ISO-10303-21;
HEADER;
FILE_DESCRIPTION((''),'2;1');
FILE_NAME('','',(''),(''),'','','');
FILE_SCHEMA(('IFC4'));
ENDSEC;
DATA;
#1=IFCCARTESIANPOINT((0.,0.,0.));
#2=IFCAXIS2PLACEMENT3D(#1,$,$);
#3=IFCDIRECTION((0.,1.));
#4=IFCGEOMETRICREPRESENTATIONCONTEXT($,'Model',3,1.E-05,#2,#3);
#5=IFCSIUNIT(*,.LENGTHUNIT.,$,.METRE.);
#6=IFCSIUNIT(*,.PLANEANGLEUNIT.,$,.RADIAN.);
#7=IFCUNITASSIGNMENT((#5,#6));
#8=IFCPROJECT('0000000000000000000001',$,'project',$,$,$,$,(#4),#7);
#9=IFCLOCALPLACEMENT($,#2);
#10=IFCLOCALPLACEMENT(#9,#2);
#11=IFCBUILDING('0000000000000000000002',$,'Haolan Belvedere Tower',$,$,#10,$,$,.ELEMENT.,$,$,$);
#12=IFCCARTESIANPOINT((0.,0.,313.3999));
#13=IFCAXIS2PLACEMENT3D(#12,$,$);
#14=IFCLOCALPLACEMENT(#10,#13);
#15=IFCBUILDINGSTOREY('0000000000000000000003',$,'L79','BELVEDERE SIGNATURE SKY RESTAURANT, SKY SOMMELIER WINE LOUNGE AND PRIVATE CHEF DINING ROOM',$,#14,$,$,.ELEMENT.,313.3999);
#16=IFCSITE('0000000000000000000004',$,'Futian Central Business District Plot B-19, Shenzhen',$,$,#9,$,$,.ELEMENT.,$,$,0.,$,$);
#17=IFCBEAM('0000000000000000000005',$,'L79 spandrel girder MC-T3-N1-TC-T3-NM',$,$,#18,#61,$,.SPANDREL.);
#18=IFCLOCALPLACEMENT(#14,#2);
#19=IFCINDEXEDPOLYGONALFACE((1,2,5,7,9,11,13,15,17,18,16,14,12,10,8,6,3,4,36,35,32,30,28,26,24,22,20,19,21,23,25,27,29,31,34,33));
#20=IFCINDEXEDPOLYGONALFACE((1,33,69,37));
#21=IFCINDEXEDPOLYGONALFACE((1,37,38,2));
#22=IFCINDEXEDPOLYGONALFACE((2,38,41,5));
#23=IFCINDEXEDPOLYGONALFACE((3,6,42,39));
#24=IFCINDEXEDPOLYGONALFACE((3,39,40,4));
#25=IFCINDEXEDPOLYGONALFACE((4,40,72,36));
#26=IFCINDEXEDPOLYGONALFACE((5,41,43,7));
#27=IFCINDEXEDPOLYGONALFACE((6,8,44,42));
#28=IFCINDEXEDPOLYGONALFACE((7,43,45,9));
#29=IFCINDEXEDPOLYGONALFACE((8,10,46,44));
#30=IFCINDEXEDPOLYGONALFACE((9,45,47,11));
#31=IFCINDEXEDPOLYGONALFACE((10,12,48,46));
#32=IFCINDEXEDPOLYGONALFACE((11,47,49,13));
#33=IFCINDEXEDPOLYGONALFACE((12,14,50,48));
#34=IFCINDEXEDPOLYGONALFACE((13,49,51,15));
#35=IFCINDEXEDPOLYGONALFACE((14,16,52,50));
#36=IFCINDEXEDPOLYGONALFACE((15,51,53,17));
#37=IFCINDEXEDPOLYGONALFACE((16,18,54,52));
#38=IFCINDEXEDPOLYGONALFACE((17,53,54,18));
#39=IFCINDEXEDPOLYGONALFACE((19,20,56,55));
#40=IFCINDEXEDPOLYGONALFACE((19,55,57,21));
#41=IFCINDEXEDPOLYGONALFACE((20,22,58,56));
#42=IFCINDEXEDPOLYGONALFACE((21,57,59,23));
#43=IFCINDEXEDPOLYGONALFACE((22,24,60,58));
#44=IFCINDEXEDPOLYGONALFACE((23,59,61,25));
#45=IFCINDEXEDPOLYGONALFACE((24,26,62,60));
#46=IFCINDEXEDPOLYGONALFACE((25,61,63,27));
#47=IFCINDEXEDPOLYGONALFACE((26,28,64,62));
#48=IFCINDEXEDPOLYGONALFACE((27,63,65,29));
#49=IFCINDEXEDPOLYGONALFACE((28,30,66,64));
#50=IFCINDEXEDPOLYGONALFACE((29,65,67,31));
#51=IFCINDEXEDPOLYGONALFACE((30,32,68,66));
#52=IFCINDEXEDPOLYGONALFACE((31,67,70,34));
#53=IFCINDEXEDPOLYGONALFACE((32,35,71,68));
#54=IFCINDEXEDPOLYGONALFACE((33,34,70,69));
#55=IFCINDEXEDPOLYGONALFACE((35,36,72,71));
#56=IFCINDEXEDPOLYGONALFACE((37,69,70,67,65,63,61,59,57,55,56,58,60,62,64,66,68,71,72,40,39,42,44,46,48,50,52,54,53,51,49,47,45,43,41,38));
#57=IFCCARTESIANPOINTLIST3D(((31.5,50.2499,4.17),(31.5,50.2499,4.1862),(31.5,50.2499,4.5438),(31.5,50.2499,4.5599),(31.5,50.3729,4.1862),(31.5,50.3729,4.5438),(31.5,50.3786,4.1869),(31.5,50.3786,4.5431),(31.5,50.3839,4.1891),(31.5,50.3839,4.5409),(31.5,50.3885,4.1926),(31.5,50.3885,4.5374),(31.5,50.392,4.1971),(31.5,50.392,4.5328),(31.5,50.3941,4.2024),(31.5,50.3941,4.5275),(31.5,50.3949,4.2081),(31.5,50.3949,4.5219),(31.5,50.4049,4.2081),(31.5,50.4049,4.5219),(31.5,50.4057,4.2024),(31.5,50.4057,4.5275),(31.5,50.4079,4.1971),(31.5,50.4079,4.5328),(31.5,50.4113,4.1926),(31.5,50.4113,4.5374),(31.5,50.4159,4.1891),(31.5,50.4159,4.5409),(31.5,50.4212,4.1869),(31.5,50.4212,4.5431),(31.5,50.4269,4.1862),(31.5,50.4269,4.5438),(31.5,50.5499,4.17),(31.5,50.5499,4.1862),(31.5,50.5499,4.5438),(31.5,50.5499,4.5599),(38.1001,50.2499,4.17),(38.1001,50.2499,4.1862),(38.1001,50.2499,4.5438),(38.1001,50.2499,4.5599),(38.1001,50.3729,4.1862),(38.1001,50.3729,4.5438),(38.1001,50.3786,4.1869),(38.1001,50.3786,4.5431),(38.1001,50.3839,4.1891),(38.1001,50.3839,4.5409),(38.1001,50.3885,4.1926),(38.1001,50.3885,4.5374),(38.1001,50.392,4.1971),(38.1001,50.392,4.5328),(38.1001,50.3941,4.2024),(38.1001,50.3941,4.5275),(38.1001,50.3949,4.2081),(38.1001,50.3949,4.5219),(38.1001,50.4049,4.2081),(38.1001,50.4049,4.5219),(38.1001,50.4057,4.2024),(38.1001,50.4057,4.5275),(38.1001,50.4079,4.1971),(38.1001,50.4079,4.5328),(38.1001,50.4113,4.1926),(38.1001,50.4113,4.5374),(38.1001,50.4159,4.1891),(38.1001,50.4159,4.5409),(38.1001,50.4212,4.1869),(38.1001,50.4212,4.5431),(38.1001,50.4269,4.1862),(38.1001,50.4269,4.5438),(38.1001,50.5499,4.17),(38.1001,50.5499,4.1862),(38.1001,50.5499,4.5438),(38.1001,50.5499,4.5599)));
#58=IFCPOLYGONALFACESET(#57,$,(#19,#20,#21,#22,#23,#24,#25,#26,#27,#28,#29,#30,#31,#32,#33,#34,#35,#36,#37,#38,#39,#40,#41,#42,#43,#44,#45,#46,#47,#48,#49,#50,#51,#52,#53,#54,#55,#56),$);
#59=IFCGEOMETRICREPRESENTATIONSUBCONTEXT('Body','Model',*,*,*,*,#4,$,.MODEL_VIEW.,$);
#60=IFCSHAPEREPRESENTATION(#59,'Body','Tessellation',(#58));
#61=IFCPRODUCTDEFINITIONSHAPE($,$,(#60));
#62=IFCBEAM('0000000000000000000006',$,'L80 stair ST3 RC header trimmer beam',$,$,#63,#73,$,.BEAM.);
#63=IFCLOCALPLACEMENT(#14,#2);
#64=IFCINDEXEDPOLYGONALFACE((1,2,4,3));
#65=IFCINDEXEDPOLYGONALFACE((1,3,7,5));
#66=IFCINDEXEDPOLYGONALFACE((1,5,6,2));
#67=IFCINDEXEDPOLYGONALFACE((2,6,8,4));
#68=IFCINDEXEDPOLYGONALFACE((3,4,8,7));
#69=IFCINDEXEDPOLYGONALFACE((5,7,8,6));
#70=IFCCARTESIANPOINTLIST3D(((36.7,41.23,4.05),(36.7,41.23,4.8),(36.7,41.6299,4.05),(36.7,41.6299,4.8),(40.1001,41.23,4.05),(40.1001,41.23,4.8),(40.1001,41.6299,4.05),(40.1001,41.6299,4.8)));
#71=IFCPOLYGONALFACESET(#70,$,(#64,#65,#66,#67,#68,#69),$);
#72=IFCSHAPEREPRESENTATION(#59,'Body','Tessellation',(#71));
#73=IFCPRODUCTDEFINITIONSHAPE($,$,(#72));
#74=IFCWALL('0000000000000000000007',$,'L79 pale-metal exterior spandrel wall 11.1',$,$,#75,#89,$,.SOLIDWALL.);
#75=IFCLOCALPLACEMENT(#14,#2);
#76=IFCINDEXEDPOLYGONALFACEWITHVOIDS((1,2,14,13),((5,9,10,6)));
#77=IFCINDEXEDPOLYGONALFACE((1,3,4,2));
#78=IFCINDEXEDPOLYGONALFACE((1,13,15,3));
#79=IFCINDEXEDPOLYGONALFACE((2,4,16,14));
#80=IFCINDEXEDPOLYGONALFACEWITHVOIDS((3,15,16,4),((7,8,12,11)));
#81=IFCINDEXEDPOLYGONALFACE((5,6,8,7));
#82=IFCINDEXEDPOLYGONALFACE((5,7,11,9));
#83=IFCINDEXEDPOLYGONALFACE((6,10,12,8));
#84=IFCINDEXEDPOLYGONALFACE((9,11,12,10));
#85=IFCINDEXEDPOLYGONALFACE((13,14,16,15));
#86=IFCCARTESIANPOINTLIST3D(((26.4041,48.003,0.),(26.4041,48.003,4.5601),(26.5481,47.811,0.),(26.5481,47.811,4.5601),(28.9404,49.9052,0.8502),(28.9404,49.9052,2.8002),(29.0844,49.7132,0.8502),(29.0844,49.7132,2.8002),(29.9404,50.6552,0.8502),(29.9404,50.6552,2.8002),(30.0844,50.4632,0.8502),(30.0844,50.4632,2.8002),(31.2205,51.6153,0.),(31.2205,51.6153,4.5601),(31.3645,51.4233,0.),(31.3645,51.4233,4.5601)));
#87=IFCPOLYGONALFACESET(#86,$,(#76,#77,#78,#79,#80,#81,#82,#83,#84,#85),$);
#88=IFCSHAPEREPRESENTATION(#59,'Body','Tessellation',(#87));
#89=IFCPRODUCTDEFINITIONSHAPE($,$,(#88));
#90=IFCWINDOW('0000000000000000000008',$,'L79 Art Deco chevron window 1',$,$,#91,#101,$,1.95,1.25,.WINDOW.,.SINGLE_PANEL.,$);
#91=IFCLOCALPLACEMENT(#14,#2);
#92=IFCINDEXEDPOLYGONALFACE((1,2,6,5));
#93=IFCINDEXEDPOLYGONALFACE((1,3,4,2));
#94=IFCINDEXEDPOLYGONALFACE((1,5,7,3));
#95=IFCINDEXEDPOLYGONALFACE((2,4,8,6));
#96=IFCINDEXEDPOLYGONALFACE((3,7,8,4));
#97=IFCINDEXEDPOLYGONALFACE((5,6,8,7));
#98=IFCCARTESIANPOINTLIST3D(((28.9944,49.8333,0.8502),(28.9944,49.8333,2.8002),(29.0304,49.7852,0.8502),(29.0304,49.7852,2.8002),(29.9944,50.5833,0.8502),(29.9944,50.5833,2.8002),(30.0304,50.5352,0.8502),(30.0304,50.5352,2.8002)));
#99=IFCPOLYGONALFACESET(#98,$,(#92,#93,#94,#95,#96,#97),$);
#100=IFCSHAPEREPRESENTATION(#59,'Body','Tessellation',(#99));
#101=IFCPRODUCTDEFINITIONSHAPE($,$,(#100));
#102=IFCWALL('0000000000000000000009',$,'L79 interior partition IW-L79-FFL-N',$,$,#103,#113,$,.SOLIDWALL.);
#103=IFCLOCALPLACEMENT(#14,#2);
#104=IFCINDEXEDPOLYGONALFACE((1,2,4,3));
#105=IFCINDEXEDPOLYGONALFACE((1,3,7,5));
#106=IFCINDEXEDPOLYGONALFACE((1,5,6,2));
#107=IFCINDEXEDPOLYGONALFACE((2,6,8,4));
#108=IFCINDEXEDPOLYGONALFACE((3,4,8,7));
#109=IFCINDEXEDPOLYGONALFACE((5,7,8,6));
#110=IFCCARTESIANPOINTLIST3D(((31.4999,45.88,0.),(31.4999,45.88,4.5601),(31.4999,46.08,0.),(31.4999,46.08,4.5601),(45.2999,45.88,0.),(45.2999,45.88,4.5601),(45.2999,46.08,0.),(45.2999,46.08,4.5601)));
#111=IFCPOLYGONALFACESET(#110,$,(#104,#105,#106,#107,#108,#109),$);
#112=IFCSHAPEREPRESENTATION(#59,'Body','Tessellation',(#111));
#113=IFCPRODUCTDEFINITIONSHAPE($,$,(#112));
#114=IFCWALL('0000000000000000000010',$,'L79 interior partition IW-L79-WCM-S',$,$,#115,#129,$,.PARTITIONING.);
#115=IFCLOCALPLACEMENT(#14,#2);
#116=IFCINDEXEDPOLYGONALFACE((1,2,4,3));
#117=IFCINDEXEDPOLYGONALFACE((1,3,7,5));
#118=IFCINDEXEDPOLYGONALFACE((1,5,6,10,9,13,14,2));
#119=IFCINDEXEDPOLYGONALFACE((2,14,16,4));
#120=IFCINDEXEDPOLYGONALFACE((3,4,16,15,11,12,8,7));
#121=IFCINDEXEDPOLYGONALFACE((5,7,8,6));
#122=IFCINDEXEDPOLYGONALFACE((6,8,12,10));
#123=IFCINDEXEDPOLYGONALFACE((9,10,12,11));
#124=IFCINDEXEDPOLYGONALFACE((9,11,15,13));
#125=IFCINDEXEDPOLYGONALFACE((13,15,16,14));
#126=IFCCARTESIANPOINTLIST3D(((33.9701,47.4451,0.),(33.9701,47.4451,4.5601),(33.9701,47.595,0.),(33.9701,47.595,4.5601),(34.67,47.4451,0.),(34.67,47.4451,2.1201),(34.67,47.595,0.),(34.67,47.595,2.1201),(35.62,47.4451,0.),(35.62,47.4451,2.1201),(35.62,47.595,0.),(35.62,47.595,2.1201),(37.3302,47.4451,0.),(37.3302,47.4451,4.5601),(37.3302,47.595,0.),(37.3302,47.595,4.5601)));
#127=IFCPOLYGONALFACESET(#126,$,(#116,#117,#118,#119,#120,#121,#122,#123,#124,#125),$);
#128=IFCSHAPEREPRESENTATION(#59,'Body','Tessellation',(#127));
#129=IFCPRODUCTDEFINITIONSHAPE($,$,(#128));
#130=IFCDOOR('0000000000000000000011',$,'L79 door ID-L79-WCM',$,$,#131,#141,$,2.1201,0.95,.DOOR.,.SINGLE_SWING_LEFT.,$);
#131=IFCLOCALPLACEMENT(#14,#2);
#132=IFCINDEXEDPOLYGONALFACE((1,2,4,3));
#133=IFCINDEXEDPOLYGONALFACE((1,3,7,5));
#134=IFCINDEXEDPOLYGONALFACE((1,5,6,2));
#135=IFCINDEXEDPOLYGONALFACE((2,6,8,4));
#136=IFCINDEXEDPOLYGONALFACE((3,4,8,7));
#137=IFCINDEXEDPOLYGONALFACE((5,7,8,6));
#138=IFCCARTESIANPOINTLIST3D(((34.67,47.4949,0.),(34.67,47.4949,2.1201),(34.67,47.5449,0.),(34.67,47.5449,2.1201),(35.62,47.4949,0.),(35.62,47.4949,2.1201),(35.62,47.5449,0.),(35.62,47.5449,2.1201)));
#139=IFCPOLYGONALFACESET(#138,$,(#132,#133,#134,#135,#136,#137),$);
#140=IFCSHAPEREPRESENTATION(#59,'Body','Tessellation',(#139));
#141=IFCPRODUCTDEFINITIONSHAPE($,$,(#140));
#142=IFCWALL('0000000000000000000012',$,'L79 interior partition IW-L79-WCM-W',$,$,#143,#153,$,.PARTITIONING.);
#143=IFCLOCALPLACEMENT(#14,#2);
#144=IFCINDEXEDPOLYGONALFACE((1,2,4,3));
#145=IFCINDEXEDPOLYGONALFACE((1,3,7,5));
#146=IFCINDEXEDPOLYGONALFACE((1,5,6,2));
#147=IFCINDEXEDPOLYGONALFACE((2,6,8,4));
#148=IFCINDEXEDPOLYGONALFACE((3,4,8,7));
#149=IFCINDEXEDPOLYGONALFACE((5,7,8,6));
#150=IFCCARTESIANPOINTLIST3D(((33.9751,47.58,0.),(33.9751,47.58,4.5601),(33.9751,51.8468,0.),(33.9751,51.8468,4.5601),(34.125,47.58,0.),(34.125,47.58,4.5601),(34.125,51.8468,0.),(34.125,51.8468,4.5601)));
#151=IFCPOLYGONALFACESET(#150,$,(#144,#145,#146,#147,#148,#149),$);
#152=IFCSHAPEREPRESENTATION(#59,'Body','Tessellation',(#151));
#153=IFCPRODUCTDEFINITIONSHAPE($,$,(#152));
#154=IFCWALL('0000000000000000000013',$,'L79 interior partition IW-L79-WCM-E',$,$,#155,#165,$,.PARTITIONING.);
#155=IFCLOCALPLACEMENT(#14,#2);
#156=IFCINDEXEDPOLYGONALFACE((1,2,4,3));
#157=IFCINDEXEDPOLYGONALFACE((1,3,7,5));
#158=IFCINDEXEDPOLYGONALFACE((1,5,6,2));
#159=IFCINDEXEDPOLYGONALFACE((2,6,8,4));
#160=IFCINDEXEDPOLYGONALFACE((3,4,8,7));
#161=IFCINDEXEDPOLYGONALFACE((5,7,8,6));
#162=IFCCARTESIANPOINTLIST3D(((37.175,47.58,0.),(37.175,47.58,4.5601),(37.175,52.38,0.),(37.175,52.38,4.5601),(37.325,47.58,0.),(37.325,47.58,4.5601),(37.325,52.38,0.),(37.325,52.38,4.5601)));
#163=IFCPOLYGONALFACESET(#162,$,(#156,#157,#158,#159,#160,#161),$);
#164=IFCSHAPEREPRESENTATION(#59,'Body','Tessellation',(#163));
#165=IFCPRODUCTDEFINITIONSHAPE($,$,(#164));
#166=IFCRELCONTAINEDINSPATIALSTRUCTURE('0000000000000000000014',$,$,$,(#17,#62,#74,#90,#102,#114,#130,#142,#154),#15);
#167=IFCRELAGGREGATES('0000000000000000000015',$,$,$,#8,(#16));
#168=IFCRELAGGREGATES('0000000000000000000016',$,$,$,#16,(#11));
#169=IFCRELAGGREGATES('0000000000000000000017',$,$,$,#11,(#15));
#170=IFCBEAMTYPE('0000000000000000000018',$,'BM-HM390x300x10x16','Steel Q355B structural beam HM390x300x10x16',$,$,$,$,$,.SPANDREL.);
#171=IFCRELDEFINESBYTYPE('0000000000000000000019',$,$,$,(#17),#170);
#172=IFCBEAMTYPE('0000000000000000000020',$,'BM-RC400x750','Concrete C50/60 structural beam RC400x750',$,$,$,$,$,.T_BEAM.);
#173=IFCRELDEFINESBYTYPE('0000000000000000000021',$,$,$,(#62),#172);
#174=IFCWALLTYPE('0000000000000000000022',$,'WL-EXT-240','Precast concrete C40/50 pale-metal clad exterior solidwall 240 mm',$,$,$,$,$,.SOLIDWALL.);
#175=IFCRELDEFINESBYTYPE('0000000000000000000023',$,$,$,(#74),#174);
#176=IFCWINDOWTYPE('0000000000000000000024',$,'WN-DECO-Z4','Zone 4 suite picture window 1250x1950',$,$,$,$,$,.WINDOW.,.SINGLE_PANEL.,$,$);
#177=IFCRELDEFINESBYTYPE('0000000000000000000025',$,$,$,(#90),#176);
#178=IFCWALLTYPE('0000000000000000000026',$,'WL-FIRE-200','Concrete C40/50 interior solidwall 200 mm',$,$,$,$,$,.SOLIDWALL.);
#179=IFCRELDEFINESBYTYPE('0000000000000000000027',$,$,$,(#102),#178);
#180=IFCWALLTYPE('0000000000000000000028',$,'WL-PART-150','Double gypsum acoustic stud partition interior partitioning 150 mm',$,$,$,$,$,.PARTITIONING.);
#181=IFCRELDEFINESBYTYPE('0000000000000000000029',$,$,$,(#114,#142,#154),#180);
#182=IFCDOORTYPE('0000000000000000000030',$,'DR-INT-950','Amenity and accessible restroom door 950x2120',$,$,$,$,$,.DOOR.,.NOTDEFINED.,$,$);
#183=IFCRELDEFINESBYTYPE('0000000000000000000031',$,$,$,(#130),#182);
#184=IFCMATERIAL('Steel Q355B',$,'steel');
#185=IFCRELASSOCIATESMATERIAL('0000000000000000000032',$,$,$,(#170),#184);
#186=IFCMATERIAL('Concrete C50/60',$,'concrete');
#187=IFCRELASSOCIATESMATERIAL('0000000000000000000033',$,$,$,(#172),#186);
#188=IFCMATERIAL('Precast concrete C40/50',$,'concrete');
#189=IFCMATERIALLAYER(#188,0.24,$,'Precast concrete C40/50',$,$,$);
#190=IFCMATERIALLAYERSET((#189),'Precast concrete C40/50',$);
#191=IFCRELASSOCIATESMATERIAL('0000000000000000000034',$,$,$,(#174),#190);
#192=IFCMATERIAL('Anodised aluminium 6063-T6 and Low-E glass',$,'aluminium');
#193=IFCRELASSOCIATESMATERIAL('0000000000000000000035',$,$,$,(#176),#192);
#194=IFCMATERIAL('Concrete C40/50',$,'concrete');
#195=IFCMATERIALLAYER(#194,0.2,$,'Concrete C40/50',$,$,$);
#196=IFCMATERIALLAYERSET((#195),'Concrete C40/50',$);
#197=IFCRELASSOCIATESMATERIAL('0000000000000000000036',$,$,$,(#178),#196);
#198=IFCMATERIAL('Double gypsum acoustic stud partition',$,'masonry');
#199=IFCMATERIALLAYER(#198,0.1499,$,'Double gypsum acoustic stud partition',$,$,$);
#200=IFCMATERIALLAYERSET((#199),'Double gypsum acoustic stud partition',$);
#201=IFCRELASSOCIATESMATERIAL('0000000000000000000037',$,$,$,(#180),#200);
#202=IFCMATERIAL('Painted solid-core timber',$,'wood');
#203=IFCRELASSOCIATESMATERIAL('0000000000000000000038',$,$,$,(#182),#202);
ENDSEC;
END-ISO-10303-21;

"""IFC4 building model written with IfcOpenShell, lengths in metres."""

from ifc_helpers import new_model, si_unit, direction, frame, frame_2d, origin, origin_2d, place, context, subcontext, project, spatial, rectangle, i_section, extrude, material, layer, layer_set, material_profile, profile_set, type_object, element, fill, save


model = new_model("IFC4")

# Units and contexts
model_context = context("Model", 3, precision=1e-05, world=origin(), true_north=direction((0.0, 1.0)))
body_context = subcontext(model_context, "Body", "Model", "MODEL_VIEW")
ifc_project = project(units=[si_unit("LENGTHUNIT", "METRE"), si_unit("PLANEANGLEUNIT", "RADIAN")], contexts=[model_context])

# Site, building, storey
site_placement = place(None, origin())
site = spatial("IfcSite", under=ifc_project, at=site_placement, Name="Futian Central Business District Plot B-19, Shenzhen", CompositionType="ELEMENT", RefElevation=0.0)
building_placement = place(site_placement, origin())
building = spatial("IfcBuilding", under=site, at=building_placement, Name="Haolan Belvedere Tower", CompositionType="ELEMENT")
storey_placement = place(building_placement, frame((0.0, 0.0, 313.3999)))
storey = spatial("IfcBuildingStorey", under=building, at=storey_placement, Name="L79", Description="BELVEDERE SIGNATURE SKY RESTAURANT, SKY SOMMELIER WINE LOUNGE AND PRIVATE CHEF DINING ROOM", CompositionType="ELEMENT", Elevation=313.3999)

# Beams
ifc_material_1 = material(Name="Steel Q355B", Category="steel")
ifc_material_profile_1 = material_profile(ifc_material_1, i_section(OverallWidth=0.3, OverallDepth=0.3899, WebThickness=0.01, FlangeThickness=0.0161, FilletRadius=0.022, at=origin_2d()), Name="Steel Q355B")
ifc_profile_set_1 = profile_set([ifc_material_profile_1], Name="Steel Q355B")
beam_type_1 = type_object("IfcBeamType", Name="BM-HM390x300x10x16", Description="Steel Q355B structural beam HM390x300x10x16", PredefinedType="SPANDREL", material=ifc_profile_set_1)
beam_1_placement = place(storey_placement, frame((31.5, 50.3999, 4.365), z_axis=(1.0, 0.0, 0.0), x_axis=(0.0, 1.0, 0.0)))
element("IfcBeam", 1, at=beam_1_placement, inside=storey, type_object=beam_type_1, Name="L79 spandrel girder MC-T3-N1-TC-T3-NM", PredefinedType="SPANDREL", context=body_context, shape_type="SweptSolid", body=[
    extrude(i_section(OverallWidth=0.3, OverallDepth=0.3899, WebThickness=0.01, FlangeThickness=0.0161, FilletRadius=0.022, at=origin_2d()), origin(), (0.0, 0.0, 1.0), 6.6001),
])
ifc_material_2 = material(Name="Concrete C50/60", Category="concrete")
ifc_material_profile_2 = material_profile(ifc_material_2, rectangle(XDim=0.3999, YDim=0.75, at=origin_2d()), Name="Concrete C50/60")
ifc_profile_set_2 = profile_set([ifc_material_profile_2], Name="Concrete C50/60")
beam_type_2 = type_object("IfcBeamType", Name="BM-RC400x750", Description="Concrete C50/60 structural beam RC400x750", PredefinedType="T_BEAM", material=ifc_profile_set_2)
beam_2_placement = place(storey_placement, frame((36.7, 41.4299, 4.425), z_axis=(1.0, 0.0, 0.0), x_axis=(0.0, 1.0, 0.0)))
element("IfcBeam", 2, at=beam_2_placement, inside=storey, type_object=beam_type_2, Name="L80 stair ST3 RC header trimmer beam", PredefinedType="BEAM", context=body_context, shape_type="SweptSolid", body=[
    extrude(rectangle(XDim=0.3999, YDim=0.75, at=origin_2d()), origin(), (0.0, 0.0, 1.0), 3.4001),
])

# Wall, opening, window
ifc_material_3 = material(Name="Precast concrete C40/50", Category="concrete")
ifc_layer_1 = layer(ifc_material_3, 0.24, Name="Precast concrete C40/50")
ifc_layer_set_1 = layer_set([ifc_layer_1], Name="Precast concrete C40/50")
wall_type_1 = type_object("IfcWallType", Name="WL-EXT-240", Description="Precast concrete C40/50 pale-metal clad exterior solidwall 240 mm", PredefinedType="SOLIDWALL", material=ifc_layer_set_1)
wall_1_placement = place(storey_placement, frame((31.2925, 51.5193, 0.0), z_axis=(0.0, 0.0, 1.0), x_axis=(-0.8, -0.6, 0.0)))
wall_1 = element("IfcWall", 3, at=wall_1_placement, inside=storey, type_object=wall_type_1, Name="L79 pale-metal exterior spandrel wall 11.1", PredefinedType="SOLIDWALL", context=body_context, shape_type="SweptSolid", body=[
    extrude(rectangle(XDim=6.0205, YDim=0.24, at=frame_2d((3.0103, 0.0))), origin(), (0.0, 0.0, 1.0), 4.5601),
])
opening_1_placement = place(wall_1_placement, frame((1.6001, 0.0, 0.8501)))
opening_1 = element("IfcOpeningElement", 4, at=opening_1_placement, cuts=wall_1, PredefinedType="OPENING", context=body_context, shape_type="SweptSolid", body=[
    extrude(rectangle(XDim=1.25, YDim=1.95, at=frame_2d((0.625, 0.9751))), frame((0.0, 0.1299, 0.0), z_axis=(0.0, -1.0, 0.0), x_axis=(1.0, 0.0, 0.0)), (0.0, 0.0, 1.0), 0.26),
])
ifc_material_4 = material(Name="Anodised aluminium 6063-T6 and Low-E glass", Category="aluminium")
window_type = type_object("IfcWindowType", Name="WN-DECO-Z4", Description="Zone 4 suite picture window 1250x1950", PartitioningType="SINGLE_PANEL", PredefinedType="WINDOW", material=ifc_material_4)
window_placement = place(opening_1_placement, origin())
window = element("IfcWindow", 5, at=window_placement, inside=storey, type_object=window_type, Name="L79 Art Deco chevron window 1", OverallHeight=1.95, OverallWidth=1.25, PartitioningType="SINGLE_PANEL", PredefinedType="WINDOW", context=body_context, shape_type="SweptSolid", body=[
    extrude(rectangle(XDim=1.25, YDim=1.95, at=frame_2d((0.625, 0.9751))), frame((0.0, 0.03, 0.0), z_axis=(0.0, -1.0, 0.0), x_axis=(1.0, 0.0, 0.0)), (0.0, 0.0, 1.0), 0.0601),
])
fill(opening_1, window)

# Wall
ifc_material_5 = material(Name="Concrete C40/50", Category="concrete")
ifc_layer_2 = layer(ifc_material_5, 0.2, Name="Concrete C40/50")
ifc_layer_set_2 = layer_set([ifc_layer_2], Name="Concrete C40/50")
wall_type_2 = type_object("IfcWallType", Name="WL-FIRE-200", Description="Concrete C40/50 interior solidwall 200 mm", PredefinedType="SOLIDWALL", material=ifc_layer_set_2)
wall_2_placement = place(storey_placement, frame((31.5, 45.98, 0.0), z_axis=(0.0, 0.0, 1.0), x_axis=(1.0, 0.0, 0.0)))
element("IfcWall", 6, at=wall_2_placement, inside=storey, type_object=wall_type_2, Name="L79 interior partition IW-L79-FFL-N", PredefinedType="SOLIDWALL", context=body_context, shape_type="SweptSolid", body=[
    extrude(rectangle(XDim=13.8, YDim=0.2, at=frame_2d((6.8999, 0.0))), origin(), (0.0, 0.0, 1.0), 4.5601),
])

# Wall, opening, door
ifc_material_6 = material(Name="Double gypsum acoustic stud partition", Category="masonry")
ifc_layer_3 = layer(ifc_material_6, 0.1499, Name="Double gypsum acoustic stud partition")
ifc_layer_set_3 = layer_set([ifc_layer_3], Name="Double gypsum acoustic stud partition")
wall_type_3 = type_object("IfcWallType", Name="WL-PART-150", Description="Double gypsum acoustic stud partition interior partitioning 150 mm", PredefinedType="PARTITIONING", material=ifc_layer_set_3)
wall_3_placement = place(storey_placement, frame((33.97, 47.52, 0.0), z_axis=(0.0, 0.0, 1.0), x_axis=(1.0, 0.0, 0.0)))
wall_3 = element("IfcWall", 7, at=wall_3_placement, inside=storey, type_object=wall_type_3, Name="L79 interior partition IW-L79-WCM-S", PredefinedType="PARTITIONING", context=body_context, shape_type="SweptSolid", body=[
    extrude(rectangle(XDim=3.3601, YDim=0.1499, at=frame_2d((1.6802, 0.0))), origin(), (0.0, 0.0, 1.0), 4.5601),
])
opening_2_placement = place(wall_3_placement, frame((0.7, 0.0, 0.0)))
opening_2 = element("IfcOpeningElement", 8, at=opening_2_placement, cuts=wall_3, PredefinedType="OPENING", context=body_context, shape_type="SweptSolid", body=[
    extrude(rectangle(XDim=0.95, YDim=2.1201, at=frame_2d((0.4751, 1.0601))), frame((0.0, 0.085, 0.0), z_axis=(0.0, -1.0, 0.0), x_axis=(1.0, 0.0, 0.0)), (0.0, 0.0, 1.0), 0.1699),
])
ifc_material_7 = material(Name="Painted solid-core timber", Category="wood")
door_type_1 = type_object("IfcDoorType", Name="DR-INT-950", Description="Amenity and accessible restroom door 950x2120", OperationType="NOTDEFINED", PredefinedType="DOOR", material=ifc_material_7)
door_1_placement = place(opening_2_placement, origin())
door_1 = element("IfcDoor", 9, at=door_1_placement, inside=storey, type_object=door_type_1, Name="L79 door ID-L79-WCM", OperationType="SINGLE_SWING_LEFT", OverallHeight=2.1201, OverallWidth=0.95, PredefinedType="DOOR", context=body_context, shape_type="SweptSolid", body=[
    extrude(rectangle(XDim=0.95, YDim=2.1201, at=frame_2d((0.4751, 1.0601))), frame((0.0, 0.0249, 0.0), z_axis=(0.0, -1.0, 0.0), x_axis=(1.0, 0.0, 0.0)), (0.0, 0.0, 1.0), 0.05),
])
fill(opening_2, door_1)

# Walls
wall_4_placement = place(storey_placement, frame((34.05, 47.5801, 0.0), z_axis=(0.0, 0.0, 1.0), x_axis=(0.0, 1.0, 0.0)))
element("IfcWall", 10, at=wall_4_placement, inside=storey, type_object=wall_type_3, Name="L79 interior partition IW-L79-WCM-W", PredefinedType="PARTITIONING", context=body_context, shape_type="SweptSolid", body=[
    extrude(rectangle(XDim=4.2668, YDim=0.1499, at=frame_2d((2.1333, 0.0))), origin(), (0.0, 0.0, 1.0), 4.5601),
])
wall_5_placement = place(storey_placement, frame((37.25, 47.5801, 0.0), z_axis=(0.0, 0.0, 1.0), x_axis=(0.0, 1.0, 0.0)))
element("IfcWall", 11, at=wall_5_placement, inside=storey, type_object=wall_type_3, Name="L79 interior partition IW-L79-WCM-E", PredefinedType="PARTITIONING", context=body_context, shape_type="SweptSolid", body=[
    extrude(rectangle(XDim=4.8, YDim=0.1499, at=frame_2d((2.3999, 0.0))), origin(), (0.0, 0.0, 1.0), 4.5601),
])

save(model, "model.ifc")
